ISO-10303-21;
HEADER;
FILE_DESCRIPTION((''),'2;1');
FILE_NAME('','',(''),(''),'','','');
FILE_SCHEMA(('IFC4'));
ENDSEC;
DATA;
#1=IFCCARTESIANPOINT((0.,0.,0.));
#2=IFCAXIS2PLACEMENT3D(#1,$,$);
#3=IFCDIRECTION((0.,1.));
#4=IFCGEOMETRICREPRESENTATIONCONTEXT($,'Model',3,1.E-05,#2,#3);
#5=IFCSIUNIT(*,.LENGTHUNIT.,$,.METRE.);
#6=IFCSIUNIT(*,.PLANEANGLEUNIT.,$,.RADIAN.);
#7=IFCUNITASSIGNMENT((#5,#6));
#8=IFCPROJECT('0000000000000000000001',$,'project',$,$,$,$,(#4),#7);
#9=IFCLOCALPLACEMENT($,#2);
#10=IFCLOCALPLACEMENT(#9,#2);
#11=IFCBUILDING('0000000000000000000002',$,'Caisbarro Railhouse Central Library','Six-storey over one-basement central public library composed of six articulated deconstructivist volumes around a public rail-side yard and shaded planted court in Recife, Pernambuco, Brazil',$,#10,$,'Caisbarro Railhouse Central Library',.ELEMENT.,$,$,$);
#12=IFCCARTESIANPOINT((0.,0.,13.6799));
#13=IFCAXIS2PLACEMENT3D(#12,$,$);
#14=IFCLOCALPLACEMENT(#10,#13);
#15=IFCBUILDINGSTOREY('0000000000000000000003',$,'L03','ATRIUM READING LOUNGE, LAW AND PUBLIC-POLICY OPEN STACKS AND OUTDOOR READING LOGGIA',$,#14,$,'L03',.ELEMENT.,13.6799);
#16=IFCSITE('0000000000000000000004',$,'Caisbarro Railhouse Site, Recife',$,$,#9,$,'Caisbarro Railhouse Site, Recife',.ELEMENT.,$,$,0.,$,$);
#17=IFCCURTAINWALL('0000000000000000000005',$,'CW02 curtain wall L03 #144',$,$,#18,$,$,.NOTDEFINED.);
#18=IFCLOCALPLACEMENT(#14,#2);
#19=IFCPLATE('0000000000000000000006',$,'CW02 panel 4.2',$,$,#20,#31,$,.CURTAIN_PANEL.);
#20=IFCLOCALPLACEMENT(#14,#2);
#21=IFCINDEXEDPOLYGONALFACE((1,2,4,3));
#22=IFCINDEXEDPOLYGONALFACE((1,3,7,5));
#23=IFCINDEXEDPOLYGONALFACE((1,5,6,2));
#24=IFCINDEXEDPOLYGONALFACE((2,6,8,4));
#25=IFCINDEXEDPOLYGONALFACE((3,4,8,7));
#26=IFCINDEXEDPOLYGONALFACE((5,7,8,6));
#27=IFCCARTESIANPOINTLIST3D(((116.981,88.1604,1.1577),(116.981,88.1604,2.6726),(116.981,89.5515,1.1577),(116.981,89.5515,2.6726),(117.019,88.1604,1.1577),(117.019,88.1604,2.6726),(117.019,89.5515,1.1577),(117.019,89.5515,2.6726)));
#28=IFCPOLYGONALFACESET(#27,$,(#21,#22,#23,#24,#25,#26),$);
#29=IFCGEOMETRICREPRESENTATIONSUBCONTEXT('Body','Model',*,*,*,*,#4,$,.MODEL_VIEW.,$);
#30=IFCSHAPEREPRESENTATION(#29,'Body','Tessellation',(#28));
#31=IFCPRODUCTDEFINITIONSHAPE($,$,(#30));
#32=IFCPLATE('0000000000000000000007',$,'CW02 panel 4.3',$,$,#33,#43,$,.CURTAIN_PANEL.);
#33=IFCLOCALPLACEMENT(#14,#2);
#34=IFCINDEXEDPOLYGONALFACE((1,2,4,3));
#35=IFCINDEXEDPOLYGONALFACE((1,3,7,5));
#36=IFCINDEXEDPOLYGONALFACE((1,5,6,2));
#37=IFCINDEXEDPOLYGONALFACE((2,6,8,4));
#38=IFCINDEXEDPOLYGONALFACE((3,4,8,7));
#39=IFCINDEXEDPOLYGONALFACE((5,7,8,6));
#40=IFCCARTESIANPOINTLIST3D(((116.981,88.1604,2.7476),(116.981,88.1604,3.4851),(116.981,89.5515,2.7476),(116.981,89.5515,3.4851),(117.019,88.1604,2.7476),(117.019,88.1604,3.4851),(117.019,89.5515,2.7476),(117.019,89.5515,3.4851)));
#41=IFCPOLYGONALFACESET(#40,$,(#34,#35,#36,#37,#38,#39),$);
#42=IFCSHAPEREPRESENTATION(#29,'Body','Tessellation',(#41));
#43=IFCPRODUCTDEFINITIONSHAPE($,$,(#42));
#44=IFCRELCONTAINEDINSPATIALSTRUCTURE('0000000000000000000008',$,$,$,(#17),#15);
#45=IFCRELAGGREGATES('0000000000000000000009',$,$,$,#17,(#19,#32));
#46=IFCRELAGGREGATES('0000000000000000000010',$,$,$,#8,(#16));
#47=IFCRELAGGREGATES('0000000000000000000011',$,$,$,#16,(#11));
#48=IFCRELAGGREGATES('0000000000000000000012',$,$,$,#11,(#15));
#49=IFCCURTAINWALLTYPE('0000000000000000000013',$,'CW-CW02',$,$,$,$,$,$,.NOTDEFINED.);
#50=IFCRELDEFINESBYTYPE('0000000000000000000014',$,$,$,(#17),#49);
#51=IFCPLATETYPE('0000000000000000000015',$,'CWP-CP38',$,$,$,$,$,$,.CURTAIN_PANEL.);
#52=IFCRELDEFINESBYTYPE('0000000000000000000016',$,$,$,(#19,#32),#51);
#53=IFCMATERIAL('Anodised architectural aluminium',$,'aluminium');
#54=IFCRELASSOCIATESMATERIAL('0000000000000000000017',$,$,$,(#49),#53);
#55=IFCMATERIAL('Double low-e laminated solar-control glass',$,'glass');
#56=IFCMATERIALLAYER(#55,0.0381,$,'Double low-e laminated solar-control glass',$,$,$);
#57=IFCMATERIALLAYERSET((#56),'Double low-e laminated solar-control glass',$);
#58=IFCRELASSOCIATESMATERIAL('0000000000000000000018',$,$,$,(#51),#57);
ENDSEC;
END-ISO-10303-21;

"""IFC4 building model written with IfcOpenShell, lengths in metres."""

from ifc_helpers import new_model, si_unit, direction, frame, origin, origin_2d, place, context, subcontext, project, spatial, rectangle, extrude, material, layer, layer_set, type_object, element, aggregate, save


model = new_model("IFC4")

# Units and contexts
model_context = context("Model", 3, precision=1e-05, world=origin(), true_north=direction((0.0, 1.0)))
body_context = subcontext(model_context, "Body", "Model", "MODEL_VIEW")
ifc_project = project(units=[si_unit("LENGTHUNIT", "METRE"), si_unit("PLANEANGLEUNIT", "RADIAN")], contexts=[model_context])

# Site, building, storey
site_placement = place(None, origin())
site = spatial("IfcSite", under=ifc_project, at=site_placement, Name="Caisbarro Railhouse Site, Recife", LongName="Caisbarro Railhouse Site, Recife", CompositionType="ELEMENT", RefElevation=0.0)
building_placement = place(site_placement, origin())
building = spatial("IfcBuilding", under=site, at=building_placement, Name="Caisbarro Railhouse Central Library", Description="Six-storey over one-basement central public library composed of six articulated deconstructivist volumes around a public rail-side yard and shaded planted court in Recife, Pernambuco, Brazil", LongName="Caisbarro Railhouse Central Library", CompositionType="ELEMENT")
storey_placement = place(building_placement, frame((0.0, 0.0, 13.6799)))
storey = spatial("IfcBuildingStorey", under=building, at=storey_placement, Name="L03", Description="ATRIUM READING LOUNGE, LAW AND PUBLIC-POLICY OPEN STACKS AND OUTDOOR READING LOGGIA", LongName="L03", CompositionType="ELEMENT", Elevation=13.6799)

# Curtain wall, plates
ifc_material_1 = material(Name="Anodised architectural aluminium", Category="aluminium")
curtain_wall_type = type_object("IfcCurtainWallType", Name="CW-CW02", PredefinedType="NOTDEFINED", material=ifc_material_1)
curtain_wall_placement = place(storey_placement, origin())
curtain_wall = element("IfcCurtainWall", 1, at=curtain_wall_placement, inside=storey, type_object=curtain_wall_type, Name="CW02 curtain wall L03 #144", PredefinedType="NOTDEFINED")
ifc_material_2 = material(Name="Double low-e laminated solar-control glass", Category="glass")
ifc_layer = layer(ifc_material_2, 0.0381, Name="Double low-e laminated solar-control glass")
ifc_layer_set = layer_set([ifc_layer], Name="Double low-e laminated solar-control glass")
plate_type = type_object("IfcPlateType", Name="CWP-CP38", PredefinedType="CURTAIN_PANEL", material=ifc_layer_set)
plate_1_placement = place(storey_placement, frame((117.0, 88.856, 1.1577), z_axis=(0.0, 0.0, 1.0), x_axis=(0.0, 1.0, 0.0)))
plate_1 = element("IfcPlate", 2, at=plate_1_placement, type_object=plate_type, Name="CW02 panel 4.2", PredefinedType="CURTAIN_PANEL", context=body_context, shape_type="SweptSolid", body=[
    extrude(rectangle(XDim=1.3911, YDim=0.0381, at=origin_2d()), origin(), (0.0, 0.0, 1.0), 1.5149),
])
plate_2_placement = place(storey_placement, frame((117.0, 88.856, 2.7476), z_axis=(0.0, 0.0, 1.0), x_axis=(0.0, 1.0, 0.0)))
plate_2 = element("IfcPlate", 3, at=plate_2_placement, type_object=plate_type, Name="CW02 panel 4.3", PredefinedType="CURTAIN_PANEL", context=body_context, shape_type="SweptSolid", body=[
    extrude(rectangle(XDim=1.3911, YDim=0.0381, at=origin_2d()), origin(), (0.0, 0.0, 1.0), 0.7375),
])
aggregate(curtain_wall, [plate_1, plate_2])

save(model, "model.ifc")
